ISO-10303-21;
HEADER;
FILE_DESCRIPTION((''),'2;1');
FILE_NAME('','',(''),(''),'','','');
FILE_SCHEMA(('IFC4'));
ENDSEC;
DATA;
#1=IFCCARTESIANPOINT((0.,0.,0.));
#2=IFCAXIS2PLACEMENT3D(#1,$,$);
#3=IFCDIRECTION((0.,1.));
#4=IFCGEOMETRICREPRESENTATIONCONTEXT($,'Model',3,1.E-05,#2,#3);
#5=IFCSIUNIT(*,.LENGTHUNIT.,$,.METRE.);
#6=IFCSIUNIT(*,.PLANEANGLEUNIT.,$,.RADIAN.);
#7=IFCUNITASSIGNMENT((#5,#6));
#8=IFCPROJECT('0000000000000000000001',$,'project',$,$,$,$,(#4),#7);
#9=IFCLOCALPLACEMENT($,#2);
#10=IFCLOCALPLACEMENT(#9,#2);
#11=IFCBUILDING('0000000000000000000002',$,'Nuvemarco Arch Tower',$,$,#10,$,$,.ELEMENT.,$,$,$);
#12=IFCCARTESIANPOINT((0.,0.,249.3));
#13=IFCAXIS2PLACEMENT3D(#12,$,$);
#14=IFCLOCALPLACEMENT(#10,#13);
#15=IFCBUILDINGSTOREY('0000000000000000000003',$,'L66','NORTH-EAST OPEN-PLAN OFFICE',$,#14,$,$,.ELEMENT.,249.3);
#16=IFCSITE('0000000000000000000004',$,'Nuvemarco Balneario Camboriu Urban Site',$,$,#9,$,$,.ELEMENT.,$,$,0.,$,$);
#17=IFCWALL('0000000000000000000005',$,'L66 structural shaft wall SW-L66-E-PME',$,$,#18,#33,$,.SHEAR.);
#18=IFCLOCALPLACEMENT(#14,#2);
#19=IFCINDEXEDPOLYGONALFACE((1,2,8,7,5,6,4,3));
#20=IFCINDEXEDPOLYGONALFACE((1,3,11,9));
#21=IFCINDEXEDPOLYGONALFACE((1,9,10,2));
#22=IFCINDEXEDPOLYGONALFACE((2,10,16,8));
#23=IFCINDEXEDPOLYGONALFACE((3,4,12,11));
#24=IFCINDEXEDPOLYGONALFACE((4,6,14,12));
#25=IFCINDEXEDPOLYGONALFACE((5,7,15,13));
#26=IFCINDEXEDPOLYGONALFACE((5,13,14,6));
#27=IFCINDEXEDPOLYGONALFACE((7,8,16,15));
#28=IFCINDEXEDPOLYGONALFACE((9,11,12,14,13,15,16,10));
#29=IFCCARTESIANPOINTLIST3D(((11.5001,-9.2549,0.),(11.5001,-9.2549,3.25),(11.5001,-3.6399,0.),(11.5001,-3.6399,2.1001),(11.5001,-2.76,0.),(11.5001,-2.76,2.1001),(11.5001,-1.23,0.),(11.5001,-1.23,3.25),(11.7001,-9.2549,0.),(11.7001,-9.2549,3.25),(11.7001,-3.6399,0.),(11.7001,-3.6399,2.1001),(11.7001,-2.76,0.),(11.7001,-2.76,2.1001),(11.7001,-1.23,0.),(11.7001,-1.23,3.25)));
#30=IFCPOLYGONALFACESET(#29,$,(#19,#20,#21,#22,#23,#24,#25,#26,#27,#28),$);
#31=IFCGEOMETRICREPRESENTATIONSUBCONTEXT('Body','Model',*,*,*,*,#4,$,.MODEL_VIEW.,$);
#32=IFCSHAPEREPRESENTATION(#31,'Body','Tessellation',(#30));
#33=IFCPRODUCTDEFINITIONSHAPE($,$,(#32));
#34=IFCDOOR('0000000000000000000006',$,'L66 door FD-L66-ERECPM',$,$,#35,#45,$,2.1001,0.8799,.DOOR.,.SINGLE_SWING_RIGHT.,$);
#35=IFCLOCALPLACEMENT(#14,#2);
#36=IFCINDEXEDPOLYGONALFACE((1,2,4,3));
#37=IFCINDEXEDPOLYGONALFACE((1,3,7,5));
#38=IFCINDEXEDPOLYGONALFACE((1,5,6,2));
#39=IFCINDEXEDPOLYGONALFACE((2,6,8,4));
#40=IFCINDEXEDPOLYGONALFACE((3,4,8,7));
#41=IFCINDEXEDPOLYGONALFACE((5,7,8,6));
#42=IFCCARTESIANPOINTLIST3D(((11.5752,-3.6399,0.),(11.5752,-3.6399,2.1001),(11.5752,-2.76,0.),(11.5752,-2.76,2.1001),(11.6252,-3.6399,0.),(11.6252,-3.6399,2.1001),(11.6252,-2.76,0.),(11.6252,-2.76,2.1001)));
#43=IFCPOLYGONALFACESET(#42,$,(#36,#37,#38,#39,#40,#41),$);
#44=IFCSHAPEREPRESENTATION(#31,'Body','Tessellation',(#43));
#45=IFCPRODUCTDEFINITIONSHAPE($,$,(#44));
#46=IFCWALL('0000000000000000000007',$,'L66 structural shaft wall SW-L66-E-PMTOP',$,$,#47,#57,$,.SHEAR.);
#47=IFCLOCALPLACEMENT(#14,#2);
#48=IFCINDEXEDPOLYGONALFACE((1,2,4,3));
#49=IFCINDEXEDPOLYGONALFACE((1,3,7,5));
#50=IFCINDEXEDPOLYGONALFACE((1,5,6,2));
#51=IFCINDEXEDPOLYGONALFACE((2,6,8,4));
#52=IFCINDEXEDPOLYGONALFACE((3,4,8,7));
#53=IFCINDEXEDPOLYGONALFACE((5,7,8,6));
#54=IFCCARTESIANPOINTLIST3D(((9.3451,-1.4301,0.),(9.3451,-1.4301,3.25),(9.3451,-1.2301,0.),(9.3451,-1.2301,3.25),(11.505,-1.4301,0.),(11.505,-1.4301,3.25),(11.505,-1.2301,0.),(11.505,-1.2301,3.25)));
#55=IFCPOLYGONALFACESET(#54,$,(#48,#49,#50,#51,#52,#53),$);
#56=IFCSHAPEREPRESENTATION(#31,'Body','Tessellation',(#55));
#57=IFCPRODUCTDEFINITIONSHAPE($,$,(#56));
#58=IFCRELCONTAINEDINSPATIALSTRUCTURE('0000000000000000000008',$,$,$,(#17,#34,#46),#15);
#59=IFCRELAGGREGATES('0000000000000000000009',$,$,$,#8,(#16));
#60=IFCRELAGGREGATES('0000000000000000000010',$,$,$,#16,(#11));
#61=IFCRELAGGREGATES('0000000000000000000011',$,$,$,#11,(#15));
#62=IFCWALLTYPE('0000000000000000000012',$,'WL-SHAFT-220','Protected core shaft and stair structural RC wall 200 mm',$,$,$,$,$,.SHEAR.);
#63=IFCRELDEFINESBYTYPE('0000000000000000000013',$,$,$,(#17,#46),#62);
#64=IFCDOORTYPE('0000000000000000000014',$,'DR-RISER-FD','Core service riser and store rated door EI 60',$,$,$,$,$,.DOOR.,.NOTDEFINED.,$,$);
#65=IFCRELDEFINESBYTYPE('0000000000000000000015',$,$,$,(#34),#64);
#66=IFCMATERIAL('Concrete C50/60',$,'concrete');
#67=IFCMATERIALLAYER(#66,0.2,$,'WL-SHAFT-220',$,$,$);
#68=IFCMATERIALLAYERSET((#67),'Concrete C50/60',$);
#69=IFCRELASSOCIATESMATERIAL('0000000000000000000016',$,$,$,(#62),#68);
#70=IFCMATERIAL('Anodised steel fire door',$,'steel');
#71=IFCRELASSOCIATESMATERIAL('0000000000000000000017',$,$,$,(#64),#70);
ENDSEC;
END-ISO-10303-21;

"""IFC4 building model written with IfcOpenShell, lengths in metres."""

from ifc_helpers import new_model, si_unit, direction, frame, frame_2d, origin, place, context, subcontext, project, spatial, rectangle, extrude, source, transform, mapped, material, layer, layer_set, type_object, type_shapes, element, fill, save


model = new_model("IFC4")

# Units and contexts
model_context = context("Model", 3, precision=1e-05, world=origin(), true_north=direction((0.0, 1.0)))
body_context = subcontext(model_context, "Body", "Model", "MODEL_VIEW")
ifc_project = project(units=[si_unit("LENGTHUNIT", "METRE"), si_unit("PLANEANGLEUNIT", "RADIAN")], contexts=[model_context])

# Site, building, storey
site_placement = place(None, origin())
site = spatial("IfcSite", under=ifc_project, at=site_placement, Name="Nuvemarco Balneario Camboriu Urban Site", CompositionType="ELEMENT", RefElevation=0.0)
building_placement = place(site_placement, origin())
building = spatial("IfcBuilding", under=site, at=building_placement, Name="Nuvemarco Arch Tower", CompositionType="ELEMENT")
storey_placement = place(building_placement, frame((0.0, 0.0, 249.3)))
storey = spatial("IfcBuildingStorey", under=building, at=storey_placement, Name="L66", Description="NORTH-EAST OPEN-PLAN OFFICE", CompositionType="ELEMENT", Elevation=249.3)

# Shared definitions
ifc_material_1 = material(Name="Concrete C50/60", Category="concrete")

# Wall, opening, door
ifc_material_2 = material(Name="Anodised steel fire door", Category="steel")
ifc_layer_1 = layer(ifc_material_1, 0.2, Name="WL-SHAFT-220")
ifc_layer_set_1 = layer_set([ifc_layer_1], Name="Concrete C50/60")
wall_type_1 = type_object("IfcWallType", Name="WL-SHAFT-220", Description="Protected core shaft and stair structural RC wall 200 mm", PredefinedType="SHEAR", material=ifc_layer_set_1)
wall_1_placement = place(storey_placement, frame((11.6001, -9.2549, 0.0), z_axis=(0.0, 0.0, 1.0), x_axis=(0.0, 1.0, 0.0)))
wall_1 = element("IfcWall", 1, at=wall_1_placement, inside=storey, type_object=wall_type_1, Name="L66 structural shaft wall SW-L66-E-PME", PredefinedType="SHEAR", context=body_context, shape_type="SweptSolid", body=[
    extrude(rectangle(XDim=8.0249, YDim=0.2, at=frame_2d((4.0125, 0.0))), origin(), (0.0, 0.0, 1.0), 3.25),
])
opening_1_placement = place(wall_1_placement, frame((5.615, 0.0, 0.0)))
opening_1 = element("IfcOpeningElement", 2, at=opening_1_placement, cuts=wall_1, PredefinedType="OPENING", context=body_context, shape_type="SweptSolid", body=[
    extrude(rectangle(XDim=0.8799, YDim=2.1001, at=frame_2d((0.4399, 1.05))), frame((0.0, 0.1099, 0.0), z_axis=(0.0, -1.0, 0.0), x_axis=(1.0, 0.0, 0.0)), (0.0, 0.0, 1.0), 0.22),
])
door_type_1 = type_object("IfcDoorType", Name="DR-RISER-FD", Description="Core service riser and store rated door EI 60", OperationType="NOTDEFINED", PredefinedType="DOOR", material=ifc_material_2)
shared_shape_1 = source(origin(), body_context, "Body", "SweptSolid", [
    extrude(rectangle(XDim=0.8799, YDim=2.1001, at=frame_2d((0.4399, 1.05))), frame((0.0, 0.0249, 0.0), z_axis=(0.0, -1.0, 0.0), x_axis=(1.0, 0.0, 0.0)), (0.0, 0.0, 1.0), 0.05),
])
type_shapes(door_type_1, [shared_shape_1])
door_1_placement = place(opening_1_placement, origin())
door_1 = element("IfcDoor", 3, at=door_1_placement, inside=storey, type_object=door_type_1, Name="L66 door FD-L66-ERECPM", OperationType="SINGLE_SWING_RIGHT", OverallHeight=2.1001, OverallWidth=0.8799, PredefinedType="DOOR", context=body_context, shape_type="MappedRepresentation", body=[
    mapped(shared_shape_1, transform((0.0, 0.0, 0.0), scale=1.0)),
])
fill(opening_1, door_1)

# Wall
wall_2_placement = place(storey_placement, frame((9.345, -1.3301, 0.0), z_axis=(0.0, 0.0, 1.0), x_axis=(1.0, 0.0, 0.0)))
element("IfcWall", 4, at=wall_2_placement, inside=storey, type_object=wall_type_1, Name="L66 structural shaft wall SW-L66-E-PMTOP", PredefinedType="SHEAR", context=body_context, shape_type="SweptSolid", body=[
    extrude(rectangle(XDim=2.1599, YDim=0.2, at=frame_2d((1.0801, 0.0))), origin(), (0.0, 0.0, 1.0), 3.25),
])

save(model, "model.ifc")
